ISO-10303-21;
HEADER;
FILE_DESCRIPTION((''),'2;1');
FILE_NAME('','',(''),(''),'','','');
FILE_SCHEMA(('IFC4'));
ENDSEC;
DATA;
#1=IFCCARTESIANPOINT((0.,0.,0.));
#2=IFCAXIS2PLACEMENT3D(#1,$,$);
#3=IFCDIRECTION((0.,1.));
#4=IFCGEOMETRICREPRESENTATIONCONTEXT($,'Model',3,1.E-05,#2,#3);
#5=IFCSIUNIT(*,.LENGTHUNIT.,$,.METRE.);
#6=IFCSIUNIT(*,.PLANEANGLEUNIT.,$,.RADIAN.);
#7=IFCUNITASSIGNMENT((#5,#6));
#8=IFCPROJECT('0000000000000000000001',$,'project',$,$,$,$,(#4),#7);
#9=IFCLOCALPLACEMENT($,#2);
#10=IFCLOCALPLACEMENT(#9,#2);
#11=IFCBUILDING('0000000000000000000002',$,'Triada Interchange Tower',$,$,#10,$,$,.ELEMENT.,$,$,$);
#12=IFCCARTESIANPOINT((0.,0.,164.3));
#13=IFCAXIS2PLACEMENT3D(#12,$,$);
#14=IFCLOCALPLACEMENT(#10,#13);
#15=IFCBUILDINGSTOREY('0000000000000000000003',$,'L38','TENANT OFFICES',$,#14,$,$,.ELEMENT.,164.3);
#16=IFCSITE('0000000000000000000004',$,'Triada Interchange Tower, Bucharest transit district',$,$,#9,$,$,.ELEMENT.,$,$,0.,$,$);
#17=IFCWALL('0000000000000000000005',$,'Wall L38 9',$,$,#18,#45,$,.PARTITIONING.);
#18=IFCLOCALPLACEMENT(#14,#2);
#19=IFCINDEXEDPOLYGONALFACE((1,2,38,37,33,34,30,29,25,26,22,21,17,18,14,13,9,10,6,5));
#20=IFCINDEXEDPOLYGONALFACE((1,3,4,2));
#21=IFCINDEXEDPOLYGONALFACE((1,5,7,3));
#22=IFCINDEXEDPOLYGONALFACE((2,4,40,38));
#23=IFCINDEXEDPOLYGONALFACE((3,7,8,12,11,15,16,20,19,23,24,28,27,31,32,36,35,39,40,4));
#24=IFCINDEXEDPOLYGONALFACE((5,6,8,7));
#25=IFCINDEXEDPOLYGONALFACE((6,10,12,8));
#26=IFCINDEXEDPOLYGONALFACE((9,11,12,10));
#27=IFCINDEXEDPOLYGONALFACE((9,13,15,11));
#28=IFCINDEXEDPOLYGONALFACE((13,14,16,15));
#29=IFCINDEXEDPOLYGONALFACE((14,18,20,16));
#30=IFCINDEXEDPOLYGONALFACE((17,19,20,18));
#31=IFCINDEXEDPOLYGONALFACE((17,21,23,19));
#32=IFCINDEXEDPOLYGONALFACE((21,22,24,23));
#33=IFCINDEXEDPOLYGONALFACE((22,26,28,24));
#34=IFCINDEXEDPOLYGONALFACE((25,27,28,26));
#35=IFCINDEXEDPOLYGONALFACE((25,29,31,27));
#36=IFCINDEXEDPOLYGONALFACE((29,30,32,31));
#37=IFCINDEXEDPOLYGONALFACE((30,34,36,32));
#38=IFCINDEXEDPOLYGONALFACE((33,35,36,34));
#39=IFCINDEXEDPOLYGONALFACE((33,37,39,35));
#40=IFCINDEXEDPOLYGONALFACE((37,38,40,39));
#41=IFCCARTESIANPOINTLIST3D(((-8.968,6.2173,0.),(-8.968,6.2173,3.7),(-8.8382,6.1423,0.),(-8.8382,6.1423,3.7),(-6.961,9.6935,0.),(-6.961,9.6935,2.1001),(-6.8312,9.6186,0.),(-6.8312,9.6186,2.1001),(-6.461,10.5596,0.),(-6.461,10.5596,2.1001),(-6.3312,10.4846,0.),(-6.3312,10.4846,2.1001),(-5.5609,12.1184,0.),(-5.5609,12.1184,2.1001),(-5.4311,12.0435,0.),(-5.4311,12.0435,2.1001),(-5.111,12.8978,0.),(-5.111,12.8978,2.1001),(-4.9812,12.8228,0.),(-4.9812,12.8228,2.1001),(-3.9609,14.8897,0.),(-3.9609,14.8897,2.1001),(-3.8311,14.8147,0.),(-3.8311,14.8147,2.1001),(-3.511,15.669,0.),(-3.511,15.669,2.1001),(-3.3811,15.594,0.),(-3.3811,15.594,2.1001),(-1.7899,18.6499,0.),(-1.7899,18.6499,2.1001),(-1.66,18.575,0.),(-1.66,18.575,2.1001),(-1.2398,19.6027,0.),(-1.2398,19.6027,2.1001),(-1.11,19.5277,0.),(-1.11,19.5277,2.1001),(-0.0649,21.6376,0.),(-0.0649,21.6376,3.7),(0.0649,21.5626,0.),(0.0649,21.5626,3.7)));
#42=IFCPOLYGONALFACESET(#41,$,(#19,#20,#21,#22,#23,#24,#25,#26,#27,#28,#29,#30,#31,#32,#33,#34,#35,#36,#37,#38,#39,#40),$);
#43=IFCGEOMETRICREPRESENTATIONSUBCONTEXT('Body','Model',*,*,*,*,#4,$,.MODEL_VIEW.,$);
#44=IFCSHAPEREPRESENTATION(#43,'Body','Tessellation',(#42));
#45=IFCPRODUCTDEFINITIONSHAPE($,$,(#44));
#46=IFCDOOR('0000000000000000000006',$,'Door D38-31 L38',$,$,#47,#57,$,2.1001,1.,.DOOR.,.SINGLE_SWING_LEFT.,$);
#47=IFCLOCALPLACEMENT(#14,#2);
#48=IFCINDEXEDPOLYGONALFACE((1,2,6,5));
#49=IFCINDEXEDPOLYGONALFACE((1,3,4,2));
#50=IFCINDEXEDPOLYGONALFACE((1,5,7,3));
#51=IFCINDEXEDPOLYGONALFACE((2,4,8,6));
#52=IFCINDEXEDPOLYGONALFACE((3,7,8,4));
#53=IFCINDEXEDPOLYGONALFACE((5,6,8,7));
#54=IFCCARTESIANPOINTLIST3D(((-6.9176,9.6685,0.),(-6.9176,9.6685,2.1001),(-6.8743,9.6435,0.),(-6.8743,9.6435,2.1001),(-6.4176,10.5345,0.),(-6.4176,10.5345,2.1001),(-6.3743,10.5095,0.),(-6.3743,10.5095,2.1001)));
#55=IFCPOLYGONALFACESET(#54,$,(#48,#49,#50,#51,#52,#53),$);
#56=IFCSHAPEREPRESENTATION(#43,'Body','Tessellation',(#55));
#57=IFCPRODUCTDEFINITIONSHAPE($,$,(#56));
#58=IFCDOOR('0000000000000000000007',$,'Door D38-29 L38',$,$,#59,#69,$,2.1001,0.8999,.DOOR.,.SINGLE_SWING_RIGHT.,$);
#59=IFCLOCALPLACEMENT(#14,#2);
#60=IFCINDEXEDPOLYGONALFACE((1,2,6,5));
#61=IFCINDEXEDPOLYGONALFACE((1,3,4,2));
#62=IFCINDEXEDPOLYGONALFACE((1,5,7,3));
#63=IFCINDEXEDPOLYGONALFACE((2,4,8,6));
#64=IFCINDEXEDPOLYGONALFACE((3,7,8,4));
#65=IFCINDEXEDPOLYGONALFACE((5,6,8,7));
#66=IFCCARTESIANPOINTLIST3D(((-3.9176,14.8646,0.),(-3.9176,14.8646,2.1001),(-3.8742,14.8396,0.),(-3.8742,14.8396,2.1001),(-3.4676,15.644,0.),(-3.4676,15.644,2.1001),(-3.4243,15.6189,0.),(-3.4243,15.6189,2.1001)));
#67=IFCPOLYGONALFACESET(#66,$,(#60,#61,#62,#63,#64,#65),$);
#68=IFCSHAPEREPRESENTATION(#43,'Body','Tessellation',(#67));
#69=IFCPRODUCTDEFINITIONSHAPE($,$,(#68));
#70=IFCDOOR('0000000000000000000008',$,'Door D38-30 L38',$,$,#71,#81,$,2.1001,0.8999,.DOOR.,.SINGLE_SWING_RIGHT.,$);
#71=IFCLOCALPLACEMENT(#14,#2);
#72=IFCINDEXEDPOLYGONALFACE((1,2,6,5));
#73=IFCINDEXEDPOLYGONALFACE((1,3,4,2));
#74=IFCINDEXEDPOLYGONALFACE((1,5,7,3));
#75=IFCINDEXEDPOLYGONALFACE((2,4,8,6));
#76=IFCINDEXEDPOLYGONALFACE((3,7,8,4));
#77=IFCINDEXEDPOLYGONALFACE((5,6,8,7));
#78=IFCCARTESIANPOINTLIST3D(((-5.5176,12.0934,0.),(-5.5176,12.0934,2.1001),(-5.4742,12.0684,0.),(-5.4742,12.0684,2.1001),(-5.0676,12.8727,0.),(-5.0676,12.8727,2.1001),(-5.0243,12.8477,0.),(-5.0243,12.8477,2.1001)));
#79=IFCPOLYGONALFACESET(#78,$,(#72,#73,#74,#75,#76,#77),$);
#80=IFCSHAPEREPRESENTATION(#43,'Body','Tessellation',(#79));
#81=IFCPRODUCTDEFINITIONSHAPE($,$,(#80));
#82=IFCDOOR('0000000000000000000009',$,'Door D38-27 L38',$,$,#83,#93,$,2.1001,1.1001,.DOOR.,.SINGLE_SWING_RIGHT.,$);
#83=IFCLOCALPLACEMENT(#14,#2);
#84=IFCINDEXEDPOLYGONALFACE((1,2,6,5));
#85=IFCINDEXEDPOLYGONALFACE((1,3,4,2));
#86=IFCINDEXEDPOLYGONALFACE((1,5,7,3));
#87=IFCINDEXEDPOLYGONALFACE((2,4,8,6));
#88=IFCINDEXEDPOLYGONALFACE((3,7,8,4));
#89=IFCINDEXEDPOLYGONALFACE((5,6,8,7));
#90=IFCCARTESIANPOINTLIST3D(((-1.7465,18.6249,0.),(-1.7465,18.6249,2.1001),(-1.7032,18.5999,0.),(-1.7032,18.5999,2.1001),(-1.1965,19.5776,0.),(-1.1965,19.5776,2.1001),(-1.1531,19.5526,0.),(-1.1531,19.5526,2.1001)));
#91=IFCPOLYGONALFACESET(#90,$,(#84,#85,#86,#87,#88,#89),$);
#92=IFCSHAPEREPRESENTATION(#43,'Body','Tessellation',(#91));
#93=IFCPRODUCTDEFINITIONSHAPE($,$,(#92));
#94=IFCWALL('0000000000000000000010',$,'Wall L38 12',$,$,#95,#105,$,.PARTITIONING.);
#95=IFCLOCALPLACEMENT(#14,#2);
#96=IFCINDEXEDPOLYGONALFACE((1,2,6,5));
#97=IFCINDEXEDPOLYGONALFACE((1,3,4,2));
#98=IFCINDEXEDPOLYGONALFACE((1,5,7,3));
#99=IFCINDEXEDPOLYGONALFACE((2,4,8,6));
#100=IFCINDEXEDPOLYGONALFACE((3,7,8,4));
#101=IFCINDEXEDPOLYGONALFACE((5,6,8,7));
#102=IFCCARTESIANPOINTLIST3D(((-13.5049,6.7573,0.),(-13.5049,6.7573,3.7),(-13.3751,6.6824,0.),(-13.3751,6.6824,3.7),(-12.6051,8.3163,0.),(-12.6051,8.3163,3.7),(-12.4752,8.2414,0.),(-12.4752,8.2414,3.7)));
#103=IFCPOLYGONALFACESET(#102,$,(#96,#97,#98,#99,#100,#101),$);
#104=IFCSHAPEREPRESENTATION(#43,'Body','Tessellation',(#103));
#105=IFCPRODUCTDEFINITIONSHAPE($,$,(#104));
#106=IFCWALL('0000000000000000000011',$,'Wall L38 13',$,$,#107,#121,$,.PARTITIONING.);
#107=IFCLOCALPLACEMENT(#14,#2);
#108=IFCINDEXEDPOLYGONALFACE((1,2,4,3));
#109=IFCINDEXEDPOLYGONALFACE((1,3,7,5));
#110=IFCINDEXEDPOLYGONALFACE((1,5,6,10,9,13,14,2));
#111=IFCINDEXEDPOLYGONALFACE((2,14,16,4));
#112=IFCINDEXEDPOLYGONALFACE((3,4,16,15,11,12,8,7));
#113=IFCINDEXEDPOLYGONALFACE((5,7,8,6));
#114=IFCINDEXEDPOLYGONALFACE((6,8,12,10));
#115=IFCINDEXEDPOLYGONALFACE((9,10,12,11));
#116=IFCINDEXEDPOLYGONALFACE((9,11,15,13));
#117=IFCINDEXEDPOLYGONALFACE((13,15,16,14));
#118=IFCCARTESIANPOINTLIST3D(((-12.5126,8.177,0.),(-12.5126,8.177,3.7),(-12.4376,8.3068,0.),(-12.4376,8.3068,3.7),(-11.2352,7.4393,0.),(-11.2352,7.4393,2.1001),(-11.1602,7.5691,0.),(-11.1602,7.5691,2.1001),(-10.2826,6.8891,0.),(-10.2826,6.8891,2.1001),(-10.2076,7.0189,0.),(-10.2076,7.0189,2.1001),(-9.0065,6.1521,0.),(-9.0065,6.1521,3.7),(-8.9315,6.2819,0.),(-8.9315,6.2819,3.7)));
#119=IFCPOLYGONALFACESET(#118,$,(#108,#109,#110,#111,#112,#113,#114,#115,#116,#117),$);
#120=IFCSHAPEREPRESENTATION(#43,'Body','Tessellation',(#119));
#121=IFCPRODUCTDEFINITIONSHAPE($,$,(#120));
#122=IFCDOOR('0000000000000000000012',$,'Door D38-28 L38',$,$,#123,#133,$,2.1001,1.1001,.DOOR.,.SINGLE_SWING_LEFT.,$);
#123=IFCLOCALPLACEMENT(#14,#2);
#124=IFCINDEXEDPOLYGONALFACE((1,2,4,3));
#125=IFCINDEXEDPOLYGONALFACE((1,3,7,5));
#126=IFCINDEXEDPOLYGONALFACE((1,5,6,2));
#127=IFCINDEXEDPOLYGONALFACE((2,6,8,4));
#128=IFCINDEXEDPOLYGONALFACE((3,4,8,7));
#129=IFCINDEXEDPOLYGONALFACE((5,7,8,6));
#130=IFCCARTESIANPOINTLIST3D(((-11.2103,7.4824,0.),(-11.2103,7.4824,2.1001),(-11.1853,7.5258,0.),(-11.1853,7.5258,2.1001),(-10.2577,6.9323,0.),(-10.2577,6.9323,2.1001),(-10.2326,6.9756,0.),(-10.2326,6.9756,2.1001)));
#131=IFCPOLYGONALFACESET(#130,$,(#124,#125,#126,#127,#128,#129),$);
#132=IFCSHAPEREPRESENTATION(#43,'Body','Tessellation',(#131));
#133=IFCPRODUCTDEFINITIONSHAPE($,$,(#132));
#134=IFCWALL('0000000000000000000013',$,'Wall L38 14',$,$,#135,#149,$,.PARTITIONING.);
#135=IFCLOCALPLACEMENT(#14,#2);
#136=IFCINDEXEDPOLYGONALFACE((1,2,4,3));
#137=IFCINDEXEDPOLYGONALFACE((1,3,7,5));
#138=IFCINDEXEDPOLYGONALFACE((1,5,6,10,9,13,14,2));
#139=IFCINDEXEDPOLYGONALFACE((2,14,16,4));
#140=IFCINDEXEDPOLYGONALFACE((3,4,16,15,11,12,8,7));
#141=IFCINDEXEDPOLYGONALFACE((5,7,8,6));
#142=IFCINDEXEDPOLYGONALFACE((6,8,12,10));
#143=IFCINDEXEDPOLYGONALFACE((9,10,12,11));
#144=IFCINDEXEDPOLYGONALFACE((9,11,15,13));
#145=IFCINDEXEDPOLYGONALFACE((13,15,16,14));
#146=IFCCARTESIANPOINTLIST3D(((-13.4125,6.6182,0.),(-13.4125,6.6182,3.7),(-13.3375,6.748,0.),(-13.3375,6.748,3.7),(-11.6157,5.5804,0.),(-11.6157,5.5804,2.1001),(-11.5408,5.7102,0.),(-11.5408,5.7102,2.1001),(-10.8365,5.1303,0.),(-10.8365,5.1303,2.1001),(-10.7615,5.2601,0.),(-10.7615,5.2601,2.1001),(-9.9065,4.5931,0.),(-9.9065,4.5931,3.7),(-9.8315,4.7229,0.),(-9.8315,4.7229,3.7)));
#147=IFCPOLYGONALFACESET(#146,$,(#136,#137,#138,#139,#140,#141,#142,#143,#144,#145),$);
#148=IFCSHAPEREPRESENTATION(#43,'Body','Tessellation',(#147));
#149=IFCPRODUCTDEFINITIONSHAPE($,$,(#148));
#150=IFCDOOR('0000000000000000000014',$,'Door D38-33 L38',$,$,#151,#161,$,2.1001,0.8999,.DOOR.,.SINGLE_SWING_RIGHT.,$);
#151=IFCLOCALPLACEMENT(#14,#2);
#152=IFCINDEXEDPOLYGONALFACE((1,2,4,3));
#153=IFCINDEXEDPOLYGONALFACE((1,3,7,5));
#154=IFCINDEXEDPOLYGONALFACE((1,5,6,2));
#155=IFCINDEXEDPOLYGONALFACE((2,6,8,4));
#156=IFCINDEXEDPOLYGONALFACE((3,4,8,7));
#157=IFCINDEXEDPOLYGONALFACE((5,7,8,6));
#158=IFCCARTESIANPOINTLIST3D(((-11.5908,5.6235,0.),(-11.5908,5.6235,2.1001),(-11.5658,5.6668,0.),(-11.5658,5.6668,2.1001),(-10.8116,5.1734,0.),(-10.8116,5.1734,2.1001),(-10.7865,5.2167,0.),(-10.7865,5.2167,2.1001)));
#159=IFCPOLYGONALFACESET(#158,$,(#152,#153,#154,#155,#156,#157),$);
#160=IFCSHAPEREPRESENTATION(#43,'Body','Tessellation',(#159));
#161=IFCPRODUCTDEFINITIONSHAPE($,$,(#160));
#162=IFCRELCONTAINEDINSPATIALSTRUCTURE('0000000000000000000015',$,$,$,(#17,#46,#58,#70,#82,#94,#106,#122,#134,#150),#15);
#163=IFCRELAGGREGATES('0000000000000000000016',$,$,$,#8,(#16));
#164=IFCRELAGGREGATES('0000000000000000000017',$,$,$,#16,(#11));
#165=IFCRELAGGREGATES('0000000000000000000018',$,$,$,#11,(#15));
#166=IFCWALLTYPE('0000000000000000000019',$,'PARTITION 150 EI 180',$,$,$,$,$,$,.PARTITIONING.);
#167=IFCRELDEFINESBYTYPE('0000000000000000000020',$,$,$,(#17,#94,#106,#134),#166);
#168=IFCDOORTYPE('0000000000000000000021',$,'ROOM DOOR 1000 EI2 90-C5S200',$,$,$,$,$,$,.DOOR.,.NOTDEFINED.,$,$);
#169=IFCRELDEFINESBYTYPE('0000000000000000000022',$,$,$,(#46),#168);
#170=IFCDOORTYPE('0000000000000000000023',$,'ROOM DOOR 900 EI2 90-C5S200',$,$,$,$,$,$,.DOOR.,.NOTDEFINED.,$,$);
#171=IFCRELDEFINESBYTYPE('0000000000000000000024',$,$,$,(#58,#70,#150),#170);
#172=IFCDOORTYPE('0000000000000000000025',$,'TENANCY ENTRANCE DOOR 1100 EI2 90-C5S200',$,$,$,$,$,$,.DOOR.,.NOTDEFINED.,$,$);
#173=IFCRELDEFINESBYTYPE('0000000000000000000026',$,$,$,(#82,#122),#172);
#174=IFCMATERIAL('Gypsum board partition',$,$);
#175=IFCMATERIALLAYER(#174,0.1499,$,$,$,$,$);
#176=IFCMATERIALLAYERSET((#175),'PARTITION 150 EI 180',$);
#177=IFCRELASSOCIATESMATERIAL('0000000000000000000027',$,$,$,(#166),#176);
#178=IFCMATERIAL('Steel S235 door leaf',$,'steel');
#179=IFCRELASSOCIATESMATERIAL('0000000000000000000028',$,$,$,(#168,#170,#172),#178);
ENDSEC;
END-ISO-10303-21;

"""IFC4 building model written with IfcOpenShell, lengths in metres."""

from ifc_helpers import new_model, si_unit, direction, frame, frame_2d, origin, place, context, subcontext, project, spatial, rectangle, extrude, material, layer, layer_set, type_object, element, fill, save


model = new_model("IFC4")

# Units and contexts
model_context = context("Model", 3, precision=1e-05, world=origin(), true_north=direction((0.0, 1.0)))
body_context = subcontext(model_context, "Body", "Model", "MODEL_VIEW")
ifc_project = project(units=[si_unit("LENGTHUNIT", "METRE"), si_unit("PLANEANGLEUNIT", "RADIAN")], contexts=[model_context])

# Site, building, storey
site_placement = place(None, origin())
site = spatial("IfcSite", under=ifc_project, at=site_placement, Name="Triada Interchange Tower, Bucharest transit district", CompositionType="ELEMENT", RefElevation=0.0)
building_placement = place(site_placement, origin())
building = spatial("IfcBuilding", under=site, at=building_placement, Name="Triada Interchange Tower", CompositionType="ELEMENT")
storey_placement = place(building_placement, frame((0.0, 0.0, 164.3)))
storey = spatial("IfcBuildingStorey", under=building, at=storey_placement, Name="L38", Description="TENANT OFFICES", CompositionType="ELEMENT", Elevation=164.3)

# Shared definitions
ifc_material_1 = material(Name="Steel S235 door leaf", Category="steel")

# Wall, openings, doors
ifc_material_2 = material(Name="Gypsum board partition")
ifc_layer_1 = layer(ifc_material_2, 0.1499)
ifc_layer_set_1 = layer_set([ifc_layer_1], Name="PARTITION 150 EI 180")
wall_type_1 = type_object("IfcWallType", Name="PARTITION 150 EI 180", PredefinedType="PARTITIONING", material=ifc_layer_set_1)
wall_1_placement = place(storey_placement, frame((-8.9031, 6.1799, 0.0), z_axis=(0.0, 0.0, 1.0), x_axis=(0.50001, 0.86602, 0.0)))
wall_1 = element("IfcWall", 1, at=wall_1_placement, inside=storey, type_object=wall_type_1, Name="Wall L38 9", PredefinedType="PARTITIONING", context=body_context, shape_type="SweptSolid", body=[
    extrude(rectangle(XDim=17.8059, YDim=0.1499, at=frame_2d((8.9028, 0.0))), origin(), (0.0, 0.0, 1.0), 3.7),
])
opening_1_placement = place(wall_1_placement, frame((14.356, 0.0, 0.0)))
opening_1 = element("IfcOpeningElement", 2, at=opening_1_placement, cuts=wall_1, PredefinedType="OPENING", context=body_context, shape_type="SweptSolid", body=[
    extrude(rectangle(XDim=1.1001, YDim=2.1001, at=frame_2d((0.55, 1.05))), frame((0.0, 0.085, 0.0), z_axis=(0.0, -1.0, 0.0), x_axis=(1.0, 0.0, 0.0)), (0.0, 0.0, 1.0), 0.1699),
])
opening_2_placement = place(wall_1_placement, frame((10.0139, 0.0, 0.0)))
opening_2 = element("IfcOpeningElement", 3, at=opening_2_placement, cuts=wall_1, PredefinedType="OPENING", context=body_context, shape_type="SweptSolid", body=[
    extrude(rectangle(XDim=0.8999, YDim=2.1001, at=frame_2d((0.45, 1.05))), frame((0.0, 0.085, 0.0), z_axis=(0.0, -1.0, 0.0), x_axis=(1.0, 0.0, 0.0)), (0.0, 0.0, 1.0), 0.1699),
])
opening_3_placement = place(wall_1_placement, frame((6.814, 0.0, 0.0)))
opening_3 = element("IfcOpeningElement", 4, at=opening_3_placement, cuts=wall_1, PredefinedType="OPENING", context=body_context, shape_type="SweptSolid", body=[
    extrude(rectangle(XDim=0.8999, YDim=2.1001, at=frame_2d((0.45, 1.05))), frame((0.0, 0.085, 0.0), z_axis=(0.0, -1.0, 0.0), x_axis=(1.0, 0.0, 0.0)), (0.0, 0.0, 1.0), 0.1699),
])
opening_4_placement = place(wall_1_placement, frame((4.0139, 0.0, 0.0)))
opening_4 = element("IfcOpeningElement", 5, at=opening_4_placement, cuts=wall_1, PredefinedType="OPENING", context=body_context, shape_type="SweptSolid", body=[
    extrude(rectangle(XDim=1.0, YDim=2.1001, at=frame_2d((0.5, 1.05))), frame((0.0, 0.085, 0.0), z_axis=(0.0, -1.0, 0.0), x_axis=(1.0, 0.0, 0.0)), (0.0, 0.0, 1.0), 0.1699),
])
door_type_1 = type_object("IfcDoorType", Name="ROOM DOOR 1000 EI2 90-C5S200", OperationType="NOTDEFINED", PredefinedType="DOOR", material=ifc_material_1)
door_1_placement = place(opening_4_placement, origin())
door_1 = element("IfcDoor", 6, at=door_1_placement, inside=storey, type_object=door_type_1, Name="Door D38-31 L38", OperationType="SINGLE_SWING_LEFT", OverallHeight=2.1001, OverallWidth=1.0, PredefinedType="DOOR", context=body_context, shape_type="SweptSolid", body=[
    extrude(rectangle(XDim=1.0, YDim=2.1001, at=frame_2d((0.5, 1.05))), frame((0.0, 0.0249, 0.0), z_axis=(0.0, -1.0, 0.0), x_axis=(1.0, 0.0, 0.0)), (0.0, 0.0, 1.0), 0.05),
])
fill(opening_4, door_1)
door_type_2 = type_object("IfcDoorType", Name="ROOM DOOR 900 EI2 90-C5S200", OperationType="NOTDEFINED", PredefinedType="DOOR", material=ifc_material_1)
door_2_placement = place(opening_2_placement, origin())
door_2 = element("IfcDoor", 7, at=door_2_placement, inside=storey, type_object=door_type_2, Name="Door D38-29 L38", OperationType="SINGLE_SWING_RIGHT", OverallHeight=2.1001, OverallWidth=0.8999, PredefinedType="DOOR", context=body_context, shape_type="SweptSolid", body=[
    extrude(rectangle(XDim=0.8999, YDim=2.1001, at=frame_2d((0.45, 1.05))), frame((0.0, 0.0249, 0.0), z_axis=(0.0, -1.0, 0.0), x_axis=(1.0, 0.0, 0.0)), (0.0, 0.0, 1.0), 0.05),
])
fill(opening_2, door_2)
door_3_placement = place(opening_3_placement, origin())
door_3 = element("IfcDoor", 8, at=door_3_placement, inside=storey, type_object=door_type_2, Name="Door D38-30 L38", OperationType="SINGLE_SWING_RIGHT", OverallHeight=2.1001, OverallWidth=0.8999, PredefinedType="DOOR", context=body_context, shape_type="SweptSolid", body=[
    extrude(rectangle(XDim=0.8999, YDim=2.1001, at=frame_2d((0.45, 1.05))), frame((0.0, 0.0249, 0.0), z_axis=(0.0, -1.0, 0.0), x_axis=(1.0, 0.0, 0.0)), (0.0, 0.0, 1.0), 0.05),
])
fill(opening_3, door_3)
door_type_3 = type_object("IfcDoorType", Name="TENANCY ENTRANCE DOOR 1100 EI2 90-C5S200", OperationType="NOTDEFINED", PredefinedType="DOOR", material=ifc_material_1)
door_4_placement = place(opening_1_placement, origin())
door_4 = element("IfcDoor", 9, at=door_4_placement, inside=storey, type_object=door_type_3, Name="Door D38-27 L38", OperationType="SINGLE_SWING_RIGHT", OverallHeight=2.1001, OverallWidth=1.1001, PredefinedType="DOOR", context=body_context, shape_type="SweptSolid", body=[
    extrude(rectangle(XDim=1.1001, YDim=2.1001, at=frame_2d((0.55, 1.05))), frame((0.0, 0.0249, 0.0), z_axis=(0.0, -1.0, 0.0), x_axis=(1.0, 0.0, 0.0)), (0.0, 0.0, 1.0), 0.05),
])
fill(opening_1, door_4)

# Wall
wall_2_placement = place(storey_placement, frame((-13.4399, 6.72, 0.0), z_axis=(0.0, 0.0, 1.0), x_axis=(0.499902, 0.866082, 0.0)))
element("IfcWall", 10, at=wall_2_placement, inside=storey, type_object=wall_type_1, Name="Wall L38 12", PredefinedType="PARTITIONING", context=body_context, shape_type="SweptSolid", body=[
    extrude(rectangle(XDim=1.8, YDim=0.1499, at=frame_2d((0.8999, 0.0))), origin(), (0.0, 0.0, 1.0), 3.7),
])

# Walls, openings, doors
wall_3_placement = place(storey_placement, frame((-12.4751, 8.2419, 0.0), z_axis=(0.0, 0.0, 1.0), x_axis=(0.865956, -0.500121, 0.0)))
wall_3 = element("IfcWall", 11, at=wall_3_placement, inside=storey, type_object=wall_type_1, Name="Wall L38 13", PredefinedType="PARTITIONING", context=body_context, shape_type="SweptSolid", body=[
    extrude(rectangle(XDim=4.0488, YDim=0.1499, at=frame_2d((2.0244, 0.0))), origin(), (0.0, 0.0, 1.0), 3.7),
])
opening_5_placement = place(wall_3_placement, frame((1.4751, 0.0, 0.0)))
opening_5 = element("IfcOpeningElement", 12, at=opening_5_placement, cuts=wall_3, PredefinedType="OPENING", context=body_context, shape_type="SweptSolid", body=[
    extrude(rectangle(XDim=1.1001, YDim=2.1001, at=frame_2d((0.55, 1.05))), frame((0.0, 0.085, 0.0), z_axis=(0.0, -1.0, 0.0), x_axis=(1.0, 0.0, 0.0)), (0.0, 0.0, 1.0), 0.1699),
])
door_5_placement = place(opening_5_placement, origin())
door_5 = element("IfcDoor", 13, at=door_5_placement, inside=storey, type_object=door_type_3, Name="Door D38-28 L38", OperationType="SINGLE_SWING_LEFT", OverallHeight=2.1001, OverallWidth=1.1001, PredefinedType="DOOR", context=body_context, shape_type="SweptSolid", body=[
    extrude(rectangle(XDim=1.1001, YDim=2.1001, at=frame_2d((0.55, 1.05))), frame((0.0, 0.0249, 0.0), z_axis=(0.0, -1.0, 0.0), x_axis=(1.0, 0.0, 0.0)), (0.0, 0.0, 1.0), 0.05),
])
fill(opening_5, door_5)
wall_4_placement = place(storey_placement, frame((-13.375, 6.6831, 0.0), z_axis=(0.0, 0.0, 1.0), x_axis=(0.865929, -0.500166, 0.0)))
wall_4 = element("IfcWall", 14, at=wall_4_placement, inside=storey, type_object=wall_type_1, Name="Wall L38 14", PredefinedType="PARTITIONING", context=body_context, shape_type="SweptSolid", body=[
    extrude(rectangle(XDim=4.0488, YDim=0.1499, at=frame_2d((2.0244, 0.0))), origin(), (0.0, 0.0, 1.0), 3.7),
])
opening_6_placement = place(wall_4_placement, frame((2.075, 0.0, 0.0)))
opening_6 = element("IfcOpeningElement", 15, at=opening_6_placement, cuts=wall_4, PredefinedType="OPENING", context=body_context, shape_type="SweptSolid", body=[
    extrude(rectangle(XDim=0.8999, YDim=2.1001, at=frame_2d((0.45, 1.05))), frame((0.0, 0.085, 0.0), z_axis=(0.0, -1.0, 0.0), x_axis=(1.0, 0.0, 0.0)), (0.0, 0.0, 1.0), 0.1699),
])
door_6_placement = place(opening_6_placement, origin())
door_6 = element("IfcDoor", 16, at=door_6_placement, inside=storey, type_object=door_type_2, Name="Door D38-33 L38", OperationType="SINGLE_SWING_RIGHT", OverallHeight=2.1001, OverallWidth=0.8999, PredefinedType="DOOR", context=body_context, shape_type="SweptSolid", body=[
    extrude(rectangle(XDim=0.8999, YDim=2.1001, at=frame_2d((0.45, 1.05))), frame((0.0, 0.0249, 0.0), z_axis=(0.0, -1.0, 0.0), x_axis=(1.0, 0.0, 0.0)), (0.0, 0.0, 1.0), 0.05),
])
fill(opening_6, door_6)

save(model, "model.ifc")
